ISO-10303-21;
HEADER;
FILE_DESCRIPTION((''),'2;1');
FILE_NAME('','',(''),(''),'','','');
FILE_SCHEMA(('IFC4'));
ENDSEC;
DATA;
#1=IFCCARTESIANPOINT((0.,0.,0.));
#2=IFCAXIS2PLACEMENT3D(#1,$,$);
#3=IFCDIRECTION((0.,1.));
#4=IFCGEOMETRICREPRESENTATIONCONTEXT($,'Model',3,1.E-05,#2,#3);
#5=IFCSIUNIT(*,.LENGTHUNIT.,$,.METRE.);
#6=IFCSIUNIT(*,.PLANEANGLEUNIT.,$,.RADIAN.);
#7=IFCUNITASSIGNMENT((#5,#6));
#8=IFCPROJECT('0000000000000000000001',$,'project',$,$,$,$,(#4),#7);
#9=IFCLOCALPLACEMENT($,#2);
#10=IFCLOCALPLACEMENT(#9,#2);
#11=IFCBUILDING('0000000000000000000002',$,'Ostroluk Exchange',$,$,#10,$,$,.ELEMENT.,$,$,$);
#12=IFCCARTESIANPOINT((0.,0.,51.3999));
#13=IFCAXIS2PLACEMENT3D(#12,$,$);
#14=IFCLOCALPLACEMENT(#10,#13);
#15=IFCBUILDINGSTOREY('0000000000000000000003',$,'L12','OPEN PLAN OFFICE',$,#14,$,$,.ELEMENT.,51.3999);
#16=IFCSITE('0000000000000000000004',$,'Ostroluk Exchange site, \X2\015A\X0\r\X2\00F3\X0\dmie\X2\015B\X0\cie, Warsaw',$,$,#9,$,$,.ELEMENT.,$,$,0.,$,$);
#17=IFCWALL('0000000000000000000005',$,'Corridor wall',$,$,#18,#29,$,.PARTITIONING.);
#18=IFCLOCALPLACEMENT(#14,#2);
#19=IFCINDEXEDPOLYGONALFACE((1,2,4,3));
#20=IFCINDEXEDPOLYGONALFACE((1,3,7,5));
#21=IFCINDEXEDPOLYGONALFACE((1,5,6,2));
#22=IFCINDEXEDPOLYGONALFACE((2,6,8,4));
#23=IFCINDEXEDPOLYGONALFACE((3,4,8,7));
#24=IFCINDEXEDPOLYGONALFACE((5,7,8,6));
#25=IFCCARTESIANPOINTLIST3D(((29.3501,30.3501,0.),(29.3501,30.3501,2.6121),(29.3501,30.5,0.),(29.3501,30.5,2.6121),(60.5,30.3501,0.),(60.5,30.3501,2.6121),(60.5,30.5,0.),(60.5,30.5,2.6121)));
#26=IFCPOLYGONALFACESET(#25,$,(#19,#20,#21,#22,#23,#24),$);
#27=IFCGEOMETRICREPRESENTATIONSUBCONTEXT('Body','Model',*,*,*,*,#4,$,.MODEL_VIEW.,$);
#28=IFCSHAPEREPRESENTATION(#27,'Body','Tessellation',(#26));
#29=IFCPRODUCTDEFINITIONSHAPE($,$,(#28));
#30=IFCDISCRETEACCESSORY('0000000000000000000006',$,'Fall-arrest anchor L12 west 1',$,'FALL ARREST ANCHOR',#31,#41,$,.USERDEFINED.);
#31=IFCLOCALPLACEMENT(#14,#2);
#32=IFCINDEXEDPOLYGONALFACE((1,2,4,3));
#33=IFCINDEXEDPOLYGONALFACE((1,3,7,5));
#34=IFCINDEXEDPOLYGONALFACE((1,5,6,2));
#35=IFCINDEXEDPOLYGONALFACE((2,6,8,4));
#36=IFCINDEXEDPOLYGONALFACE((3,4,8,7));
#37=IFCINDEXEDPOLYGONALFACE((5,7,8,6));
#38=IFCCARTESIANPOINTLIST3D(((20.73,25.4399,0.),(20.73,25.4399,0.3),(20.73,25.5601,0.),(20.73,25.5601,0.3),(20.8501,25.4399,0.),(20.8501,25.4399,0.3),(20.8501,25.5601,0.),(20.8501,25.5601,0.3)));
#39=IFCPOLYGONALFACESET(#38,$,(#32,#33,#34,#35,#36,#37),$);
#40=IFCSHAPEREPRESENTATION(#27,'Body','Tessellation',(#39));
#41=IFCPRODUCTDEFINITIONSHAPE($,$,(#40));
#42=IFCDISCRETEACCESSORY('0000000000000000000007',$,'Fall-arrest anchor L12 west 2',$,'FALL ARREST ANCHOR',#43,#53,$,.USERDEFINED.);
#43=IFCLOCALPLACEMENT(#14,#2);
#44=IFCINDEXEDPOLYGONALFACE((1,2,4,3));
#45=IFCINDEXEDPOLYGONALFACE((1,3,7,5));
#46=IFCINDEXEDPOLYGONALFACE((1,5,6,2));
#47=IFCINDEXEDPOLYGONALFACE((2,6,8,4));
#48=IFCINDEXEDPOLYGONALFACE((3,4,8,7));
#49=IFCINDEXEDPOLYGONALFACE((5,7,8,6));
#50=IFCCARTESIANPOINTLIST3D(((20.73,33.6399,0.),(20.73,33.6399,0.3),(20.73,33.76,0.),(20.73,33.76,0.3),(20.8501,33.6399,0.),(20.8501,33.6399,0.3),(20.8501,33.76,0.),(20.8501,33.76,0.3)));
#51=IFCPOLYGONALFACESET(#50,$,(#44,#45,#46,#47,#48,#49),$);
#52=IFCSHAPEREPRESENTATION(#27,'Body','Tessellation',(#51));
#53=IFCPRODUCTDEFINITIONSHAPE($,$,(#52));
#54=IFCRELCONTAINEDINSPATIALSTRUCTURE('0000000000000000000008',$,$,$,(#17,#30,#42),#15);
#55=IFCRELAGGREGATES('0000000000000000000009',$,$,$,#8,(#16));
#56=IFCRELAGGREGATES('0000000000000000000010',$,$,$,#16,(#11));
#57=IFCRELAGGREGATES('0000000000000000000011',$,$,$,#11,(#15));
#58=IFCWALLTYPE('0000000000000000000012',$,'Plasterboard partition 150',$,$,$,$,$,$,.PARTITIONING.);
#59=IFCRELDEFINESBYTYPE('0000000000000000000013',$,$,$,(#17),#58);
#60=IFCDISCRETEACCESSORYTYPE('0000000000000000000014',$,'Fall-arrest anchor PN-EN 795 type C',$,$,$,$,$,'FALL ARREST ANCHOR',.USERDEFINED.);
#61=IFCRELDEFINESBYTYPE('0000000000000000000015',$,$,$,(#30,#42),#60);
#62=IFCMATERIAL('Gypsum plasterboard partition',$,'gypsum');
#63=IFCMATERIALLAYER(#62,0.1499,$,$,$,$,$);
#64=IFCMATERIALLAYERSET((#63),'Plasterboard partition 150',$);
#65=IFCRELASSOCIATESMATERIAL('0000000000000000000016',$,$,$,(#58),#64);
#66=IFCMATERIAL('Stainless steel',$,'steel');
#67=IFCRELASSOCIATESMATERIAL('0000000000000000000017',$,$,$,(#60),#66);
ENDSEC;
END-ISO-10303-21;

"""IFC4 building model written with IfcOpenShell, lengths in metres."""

from ifc_helpers import new_model, si_unit, direction, frame, frame_2d, origin, origin_2d, place, context, subcontext, project, spatial, rectangle, extrude, material, layer, layer_set, type_object, element, save


model = new_model("IFC4")

# Units and contexts
model_context = context("Model", 3, precision=1e-05, world=origin(), true_north=direction((0.0, 1.0)))
body_context = subcontext(model_context, "Body", "Model", "MODEL_VIEW")
ifc_project = project(units=[si_unit("LENGTHUNIT", "METRE"), si_unit("PLANEANGLEUNIT", "RADIAN")], contexts=[model_context])

# Site, building, storey
site_placement = place(None, origin())
site = spatial("IfcSite", under=ifc_project, at=site_placement, Name="Ostroluk Exchange site, Śródmieście, Warsaw", CompositionType="ELEMENT", RefElevation=0.0)
building_placement = place(site_placement, origin())
building = spatial("IfcBuilding", under=site, at=building_placement, Name="Ostroluk Exchange", CompositionType="ELEMENT")
storey_placement = place(building_placement, frame((0.0, 0.0, 51.3999)))
storey = spatial("IfcBuildingStorey", under=building, at=storey_placement, Name="L12", Description="OPEN PLAN OFFICE", CompositionType="ELEMENT", Elevation=51.3999)

# Wall
ifc_material_1 = material(Name="Gypsum plasterboard partition", Category="gypsum")
ifc_layer_1 = layer(ifc_material_1, 0.1499)
ifc_layer_set_1 = layer_set([ifc_layer_1], Name="Plasterboard partition 150")
wall_type_1 = type_object("IfcWallType", Name="Plasterboard partition 150", PredefinedType="PARTITIONING", material=ifc_layer_set_1)
wall_1_placement = place(storey_placement, frame((29.3501, 30.425, 0.0), z_axis=(0.0, 0.0, 1.0), x_axis=(1.0, 0.0, 0.0)))
element("IfcWall", 1, at=wall_1_placement, inside=storey, type_object=wall_type_1, Name="Corridor wall", PredefinedType="PARTITIONING", context=body_context, shape_type="SweptSolid", body=[
    extrude(rectangle(XDim=31.1499, YDim=0.1499, at=frame_2d((15.575, 0.0))), origin(), (0.0, 0.0, 1.0), 2.6121),
])

# Discrete accessories
ifc_material_2 = material(Name="Stainless steel", Category="steel")
discrete_accessory_type = type_object("IfcDiscreteAccessoryType", Name="Fall-arrest anchor PN-EN 795 type C", ElementType="FALL ARREST ANCHOR", PredefinedType="USERDEFINED", material=ifc_material_2)
for number, where, z_axis, x_axis, name in (
    (2, (20.79, 25.5, 0.0), (0.0, 0.0, 1.0), (1.0, 0.0, 0.0), "Fall-arrest anchor L12 west 1"),
    (3, (20.79, 33.7, 0.0), (0.0, 0.0, 1.0), (1.0, 0.0, 0.0), "Fall-arrest anchor L12 west 2"),
):
    element("IfcDiscreteAccessory", number, at=place(storey_placement, frame(where, z_axis=z_axis, x_axis=x_axis)), inside=storey, type_object=discrete_accessory_type, Name=name, ObjectType="FALL ARREST ANCHOR", PredefinedType="USERDEFINED", context=body_context, shape_type="SweptSolid", body=[
        extrude(rectangle(XDim=0.1201, YDim=0.1201, at=origin_2d()), origin(), (0.0, 0.0, 1.0), 0.3),
    ])

save(model, "model.ifc")
